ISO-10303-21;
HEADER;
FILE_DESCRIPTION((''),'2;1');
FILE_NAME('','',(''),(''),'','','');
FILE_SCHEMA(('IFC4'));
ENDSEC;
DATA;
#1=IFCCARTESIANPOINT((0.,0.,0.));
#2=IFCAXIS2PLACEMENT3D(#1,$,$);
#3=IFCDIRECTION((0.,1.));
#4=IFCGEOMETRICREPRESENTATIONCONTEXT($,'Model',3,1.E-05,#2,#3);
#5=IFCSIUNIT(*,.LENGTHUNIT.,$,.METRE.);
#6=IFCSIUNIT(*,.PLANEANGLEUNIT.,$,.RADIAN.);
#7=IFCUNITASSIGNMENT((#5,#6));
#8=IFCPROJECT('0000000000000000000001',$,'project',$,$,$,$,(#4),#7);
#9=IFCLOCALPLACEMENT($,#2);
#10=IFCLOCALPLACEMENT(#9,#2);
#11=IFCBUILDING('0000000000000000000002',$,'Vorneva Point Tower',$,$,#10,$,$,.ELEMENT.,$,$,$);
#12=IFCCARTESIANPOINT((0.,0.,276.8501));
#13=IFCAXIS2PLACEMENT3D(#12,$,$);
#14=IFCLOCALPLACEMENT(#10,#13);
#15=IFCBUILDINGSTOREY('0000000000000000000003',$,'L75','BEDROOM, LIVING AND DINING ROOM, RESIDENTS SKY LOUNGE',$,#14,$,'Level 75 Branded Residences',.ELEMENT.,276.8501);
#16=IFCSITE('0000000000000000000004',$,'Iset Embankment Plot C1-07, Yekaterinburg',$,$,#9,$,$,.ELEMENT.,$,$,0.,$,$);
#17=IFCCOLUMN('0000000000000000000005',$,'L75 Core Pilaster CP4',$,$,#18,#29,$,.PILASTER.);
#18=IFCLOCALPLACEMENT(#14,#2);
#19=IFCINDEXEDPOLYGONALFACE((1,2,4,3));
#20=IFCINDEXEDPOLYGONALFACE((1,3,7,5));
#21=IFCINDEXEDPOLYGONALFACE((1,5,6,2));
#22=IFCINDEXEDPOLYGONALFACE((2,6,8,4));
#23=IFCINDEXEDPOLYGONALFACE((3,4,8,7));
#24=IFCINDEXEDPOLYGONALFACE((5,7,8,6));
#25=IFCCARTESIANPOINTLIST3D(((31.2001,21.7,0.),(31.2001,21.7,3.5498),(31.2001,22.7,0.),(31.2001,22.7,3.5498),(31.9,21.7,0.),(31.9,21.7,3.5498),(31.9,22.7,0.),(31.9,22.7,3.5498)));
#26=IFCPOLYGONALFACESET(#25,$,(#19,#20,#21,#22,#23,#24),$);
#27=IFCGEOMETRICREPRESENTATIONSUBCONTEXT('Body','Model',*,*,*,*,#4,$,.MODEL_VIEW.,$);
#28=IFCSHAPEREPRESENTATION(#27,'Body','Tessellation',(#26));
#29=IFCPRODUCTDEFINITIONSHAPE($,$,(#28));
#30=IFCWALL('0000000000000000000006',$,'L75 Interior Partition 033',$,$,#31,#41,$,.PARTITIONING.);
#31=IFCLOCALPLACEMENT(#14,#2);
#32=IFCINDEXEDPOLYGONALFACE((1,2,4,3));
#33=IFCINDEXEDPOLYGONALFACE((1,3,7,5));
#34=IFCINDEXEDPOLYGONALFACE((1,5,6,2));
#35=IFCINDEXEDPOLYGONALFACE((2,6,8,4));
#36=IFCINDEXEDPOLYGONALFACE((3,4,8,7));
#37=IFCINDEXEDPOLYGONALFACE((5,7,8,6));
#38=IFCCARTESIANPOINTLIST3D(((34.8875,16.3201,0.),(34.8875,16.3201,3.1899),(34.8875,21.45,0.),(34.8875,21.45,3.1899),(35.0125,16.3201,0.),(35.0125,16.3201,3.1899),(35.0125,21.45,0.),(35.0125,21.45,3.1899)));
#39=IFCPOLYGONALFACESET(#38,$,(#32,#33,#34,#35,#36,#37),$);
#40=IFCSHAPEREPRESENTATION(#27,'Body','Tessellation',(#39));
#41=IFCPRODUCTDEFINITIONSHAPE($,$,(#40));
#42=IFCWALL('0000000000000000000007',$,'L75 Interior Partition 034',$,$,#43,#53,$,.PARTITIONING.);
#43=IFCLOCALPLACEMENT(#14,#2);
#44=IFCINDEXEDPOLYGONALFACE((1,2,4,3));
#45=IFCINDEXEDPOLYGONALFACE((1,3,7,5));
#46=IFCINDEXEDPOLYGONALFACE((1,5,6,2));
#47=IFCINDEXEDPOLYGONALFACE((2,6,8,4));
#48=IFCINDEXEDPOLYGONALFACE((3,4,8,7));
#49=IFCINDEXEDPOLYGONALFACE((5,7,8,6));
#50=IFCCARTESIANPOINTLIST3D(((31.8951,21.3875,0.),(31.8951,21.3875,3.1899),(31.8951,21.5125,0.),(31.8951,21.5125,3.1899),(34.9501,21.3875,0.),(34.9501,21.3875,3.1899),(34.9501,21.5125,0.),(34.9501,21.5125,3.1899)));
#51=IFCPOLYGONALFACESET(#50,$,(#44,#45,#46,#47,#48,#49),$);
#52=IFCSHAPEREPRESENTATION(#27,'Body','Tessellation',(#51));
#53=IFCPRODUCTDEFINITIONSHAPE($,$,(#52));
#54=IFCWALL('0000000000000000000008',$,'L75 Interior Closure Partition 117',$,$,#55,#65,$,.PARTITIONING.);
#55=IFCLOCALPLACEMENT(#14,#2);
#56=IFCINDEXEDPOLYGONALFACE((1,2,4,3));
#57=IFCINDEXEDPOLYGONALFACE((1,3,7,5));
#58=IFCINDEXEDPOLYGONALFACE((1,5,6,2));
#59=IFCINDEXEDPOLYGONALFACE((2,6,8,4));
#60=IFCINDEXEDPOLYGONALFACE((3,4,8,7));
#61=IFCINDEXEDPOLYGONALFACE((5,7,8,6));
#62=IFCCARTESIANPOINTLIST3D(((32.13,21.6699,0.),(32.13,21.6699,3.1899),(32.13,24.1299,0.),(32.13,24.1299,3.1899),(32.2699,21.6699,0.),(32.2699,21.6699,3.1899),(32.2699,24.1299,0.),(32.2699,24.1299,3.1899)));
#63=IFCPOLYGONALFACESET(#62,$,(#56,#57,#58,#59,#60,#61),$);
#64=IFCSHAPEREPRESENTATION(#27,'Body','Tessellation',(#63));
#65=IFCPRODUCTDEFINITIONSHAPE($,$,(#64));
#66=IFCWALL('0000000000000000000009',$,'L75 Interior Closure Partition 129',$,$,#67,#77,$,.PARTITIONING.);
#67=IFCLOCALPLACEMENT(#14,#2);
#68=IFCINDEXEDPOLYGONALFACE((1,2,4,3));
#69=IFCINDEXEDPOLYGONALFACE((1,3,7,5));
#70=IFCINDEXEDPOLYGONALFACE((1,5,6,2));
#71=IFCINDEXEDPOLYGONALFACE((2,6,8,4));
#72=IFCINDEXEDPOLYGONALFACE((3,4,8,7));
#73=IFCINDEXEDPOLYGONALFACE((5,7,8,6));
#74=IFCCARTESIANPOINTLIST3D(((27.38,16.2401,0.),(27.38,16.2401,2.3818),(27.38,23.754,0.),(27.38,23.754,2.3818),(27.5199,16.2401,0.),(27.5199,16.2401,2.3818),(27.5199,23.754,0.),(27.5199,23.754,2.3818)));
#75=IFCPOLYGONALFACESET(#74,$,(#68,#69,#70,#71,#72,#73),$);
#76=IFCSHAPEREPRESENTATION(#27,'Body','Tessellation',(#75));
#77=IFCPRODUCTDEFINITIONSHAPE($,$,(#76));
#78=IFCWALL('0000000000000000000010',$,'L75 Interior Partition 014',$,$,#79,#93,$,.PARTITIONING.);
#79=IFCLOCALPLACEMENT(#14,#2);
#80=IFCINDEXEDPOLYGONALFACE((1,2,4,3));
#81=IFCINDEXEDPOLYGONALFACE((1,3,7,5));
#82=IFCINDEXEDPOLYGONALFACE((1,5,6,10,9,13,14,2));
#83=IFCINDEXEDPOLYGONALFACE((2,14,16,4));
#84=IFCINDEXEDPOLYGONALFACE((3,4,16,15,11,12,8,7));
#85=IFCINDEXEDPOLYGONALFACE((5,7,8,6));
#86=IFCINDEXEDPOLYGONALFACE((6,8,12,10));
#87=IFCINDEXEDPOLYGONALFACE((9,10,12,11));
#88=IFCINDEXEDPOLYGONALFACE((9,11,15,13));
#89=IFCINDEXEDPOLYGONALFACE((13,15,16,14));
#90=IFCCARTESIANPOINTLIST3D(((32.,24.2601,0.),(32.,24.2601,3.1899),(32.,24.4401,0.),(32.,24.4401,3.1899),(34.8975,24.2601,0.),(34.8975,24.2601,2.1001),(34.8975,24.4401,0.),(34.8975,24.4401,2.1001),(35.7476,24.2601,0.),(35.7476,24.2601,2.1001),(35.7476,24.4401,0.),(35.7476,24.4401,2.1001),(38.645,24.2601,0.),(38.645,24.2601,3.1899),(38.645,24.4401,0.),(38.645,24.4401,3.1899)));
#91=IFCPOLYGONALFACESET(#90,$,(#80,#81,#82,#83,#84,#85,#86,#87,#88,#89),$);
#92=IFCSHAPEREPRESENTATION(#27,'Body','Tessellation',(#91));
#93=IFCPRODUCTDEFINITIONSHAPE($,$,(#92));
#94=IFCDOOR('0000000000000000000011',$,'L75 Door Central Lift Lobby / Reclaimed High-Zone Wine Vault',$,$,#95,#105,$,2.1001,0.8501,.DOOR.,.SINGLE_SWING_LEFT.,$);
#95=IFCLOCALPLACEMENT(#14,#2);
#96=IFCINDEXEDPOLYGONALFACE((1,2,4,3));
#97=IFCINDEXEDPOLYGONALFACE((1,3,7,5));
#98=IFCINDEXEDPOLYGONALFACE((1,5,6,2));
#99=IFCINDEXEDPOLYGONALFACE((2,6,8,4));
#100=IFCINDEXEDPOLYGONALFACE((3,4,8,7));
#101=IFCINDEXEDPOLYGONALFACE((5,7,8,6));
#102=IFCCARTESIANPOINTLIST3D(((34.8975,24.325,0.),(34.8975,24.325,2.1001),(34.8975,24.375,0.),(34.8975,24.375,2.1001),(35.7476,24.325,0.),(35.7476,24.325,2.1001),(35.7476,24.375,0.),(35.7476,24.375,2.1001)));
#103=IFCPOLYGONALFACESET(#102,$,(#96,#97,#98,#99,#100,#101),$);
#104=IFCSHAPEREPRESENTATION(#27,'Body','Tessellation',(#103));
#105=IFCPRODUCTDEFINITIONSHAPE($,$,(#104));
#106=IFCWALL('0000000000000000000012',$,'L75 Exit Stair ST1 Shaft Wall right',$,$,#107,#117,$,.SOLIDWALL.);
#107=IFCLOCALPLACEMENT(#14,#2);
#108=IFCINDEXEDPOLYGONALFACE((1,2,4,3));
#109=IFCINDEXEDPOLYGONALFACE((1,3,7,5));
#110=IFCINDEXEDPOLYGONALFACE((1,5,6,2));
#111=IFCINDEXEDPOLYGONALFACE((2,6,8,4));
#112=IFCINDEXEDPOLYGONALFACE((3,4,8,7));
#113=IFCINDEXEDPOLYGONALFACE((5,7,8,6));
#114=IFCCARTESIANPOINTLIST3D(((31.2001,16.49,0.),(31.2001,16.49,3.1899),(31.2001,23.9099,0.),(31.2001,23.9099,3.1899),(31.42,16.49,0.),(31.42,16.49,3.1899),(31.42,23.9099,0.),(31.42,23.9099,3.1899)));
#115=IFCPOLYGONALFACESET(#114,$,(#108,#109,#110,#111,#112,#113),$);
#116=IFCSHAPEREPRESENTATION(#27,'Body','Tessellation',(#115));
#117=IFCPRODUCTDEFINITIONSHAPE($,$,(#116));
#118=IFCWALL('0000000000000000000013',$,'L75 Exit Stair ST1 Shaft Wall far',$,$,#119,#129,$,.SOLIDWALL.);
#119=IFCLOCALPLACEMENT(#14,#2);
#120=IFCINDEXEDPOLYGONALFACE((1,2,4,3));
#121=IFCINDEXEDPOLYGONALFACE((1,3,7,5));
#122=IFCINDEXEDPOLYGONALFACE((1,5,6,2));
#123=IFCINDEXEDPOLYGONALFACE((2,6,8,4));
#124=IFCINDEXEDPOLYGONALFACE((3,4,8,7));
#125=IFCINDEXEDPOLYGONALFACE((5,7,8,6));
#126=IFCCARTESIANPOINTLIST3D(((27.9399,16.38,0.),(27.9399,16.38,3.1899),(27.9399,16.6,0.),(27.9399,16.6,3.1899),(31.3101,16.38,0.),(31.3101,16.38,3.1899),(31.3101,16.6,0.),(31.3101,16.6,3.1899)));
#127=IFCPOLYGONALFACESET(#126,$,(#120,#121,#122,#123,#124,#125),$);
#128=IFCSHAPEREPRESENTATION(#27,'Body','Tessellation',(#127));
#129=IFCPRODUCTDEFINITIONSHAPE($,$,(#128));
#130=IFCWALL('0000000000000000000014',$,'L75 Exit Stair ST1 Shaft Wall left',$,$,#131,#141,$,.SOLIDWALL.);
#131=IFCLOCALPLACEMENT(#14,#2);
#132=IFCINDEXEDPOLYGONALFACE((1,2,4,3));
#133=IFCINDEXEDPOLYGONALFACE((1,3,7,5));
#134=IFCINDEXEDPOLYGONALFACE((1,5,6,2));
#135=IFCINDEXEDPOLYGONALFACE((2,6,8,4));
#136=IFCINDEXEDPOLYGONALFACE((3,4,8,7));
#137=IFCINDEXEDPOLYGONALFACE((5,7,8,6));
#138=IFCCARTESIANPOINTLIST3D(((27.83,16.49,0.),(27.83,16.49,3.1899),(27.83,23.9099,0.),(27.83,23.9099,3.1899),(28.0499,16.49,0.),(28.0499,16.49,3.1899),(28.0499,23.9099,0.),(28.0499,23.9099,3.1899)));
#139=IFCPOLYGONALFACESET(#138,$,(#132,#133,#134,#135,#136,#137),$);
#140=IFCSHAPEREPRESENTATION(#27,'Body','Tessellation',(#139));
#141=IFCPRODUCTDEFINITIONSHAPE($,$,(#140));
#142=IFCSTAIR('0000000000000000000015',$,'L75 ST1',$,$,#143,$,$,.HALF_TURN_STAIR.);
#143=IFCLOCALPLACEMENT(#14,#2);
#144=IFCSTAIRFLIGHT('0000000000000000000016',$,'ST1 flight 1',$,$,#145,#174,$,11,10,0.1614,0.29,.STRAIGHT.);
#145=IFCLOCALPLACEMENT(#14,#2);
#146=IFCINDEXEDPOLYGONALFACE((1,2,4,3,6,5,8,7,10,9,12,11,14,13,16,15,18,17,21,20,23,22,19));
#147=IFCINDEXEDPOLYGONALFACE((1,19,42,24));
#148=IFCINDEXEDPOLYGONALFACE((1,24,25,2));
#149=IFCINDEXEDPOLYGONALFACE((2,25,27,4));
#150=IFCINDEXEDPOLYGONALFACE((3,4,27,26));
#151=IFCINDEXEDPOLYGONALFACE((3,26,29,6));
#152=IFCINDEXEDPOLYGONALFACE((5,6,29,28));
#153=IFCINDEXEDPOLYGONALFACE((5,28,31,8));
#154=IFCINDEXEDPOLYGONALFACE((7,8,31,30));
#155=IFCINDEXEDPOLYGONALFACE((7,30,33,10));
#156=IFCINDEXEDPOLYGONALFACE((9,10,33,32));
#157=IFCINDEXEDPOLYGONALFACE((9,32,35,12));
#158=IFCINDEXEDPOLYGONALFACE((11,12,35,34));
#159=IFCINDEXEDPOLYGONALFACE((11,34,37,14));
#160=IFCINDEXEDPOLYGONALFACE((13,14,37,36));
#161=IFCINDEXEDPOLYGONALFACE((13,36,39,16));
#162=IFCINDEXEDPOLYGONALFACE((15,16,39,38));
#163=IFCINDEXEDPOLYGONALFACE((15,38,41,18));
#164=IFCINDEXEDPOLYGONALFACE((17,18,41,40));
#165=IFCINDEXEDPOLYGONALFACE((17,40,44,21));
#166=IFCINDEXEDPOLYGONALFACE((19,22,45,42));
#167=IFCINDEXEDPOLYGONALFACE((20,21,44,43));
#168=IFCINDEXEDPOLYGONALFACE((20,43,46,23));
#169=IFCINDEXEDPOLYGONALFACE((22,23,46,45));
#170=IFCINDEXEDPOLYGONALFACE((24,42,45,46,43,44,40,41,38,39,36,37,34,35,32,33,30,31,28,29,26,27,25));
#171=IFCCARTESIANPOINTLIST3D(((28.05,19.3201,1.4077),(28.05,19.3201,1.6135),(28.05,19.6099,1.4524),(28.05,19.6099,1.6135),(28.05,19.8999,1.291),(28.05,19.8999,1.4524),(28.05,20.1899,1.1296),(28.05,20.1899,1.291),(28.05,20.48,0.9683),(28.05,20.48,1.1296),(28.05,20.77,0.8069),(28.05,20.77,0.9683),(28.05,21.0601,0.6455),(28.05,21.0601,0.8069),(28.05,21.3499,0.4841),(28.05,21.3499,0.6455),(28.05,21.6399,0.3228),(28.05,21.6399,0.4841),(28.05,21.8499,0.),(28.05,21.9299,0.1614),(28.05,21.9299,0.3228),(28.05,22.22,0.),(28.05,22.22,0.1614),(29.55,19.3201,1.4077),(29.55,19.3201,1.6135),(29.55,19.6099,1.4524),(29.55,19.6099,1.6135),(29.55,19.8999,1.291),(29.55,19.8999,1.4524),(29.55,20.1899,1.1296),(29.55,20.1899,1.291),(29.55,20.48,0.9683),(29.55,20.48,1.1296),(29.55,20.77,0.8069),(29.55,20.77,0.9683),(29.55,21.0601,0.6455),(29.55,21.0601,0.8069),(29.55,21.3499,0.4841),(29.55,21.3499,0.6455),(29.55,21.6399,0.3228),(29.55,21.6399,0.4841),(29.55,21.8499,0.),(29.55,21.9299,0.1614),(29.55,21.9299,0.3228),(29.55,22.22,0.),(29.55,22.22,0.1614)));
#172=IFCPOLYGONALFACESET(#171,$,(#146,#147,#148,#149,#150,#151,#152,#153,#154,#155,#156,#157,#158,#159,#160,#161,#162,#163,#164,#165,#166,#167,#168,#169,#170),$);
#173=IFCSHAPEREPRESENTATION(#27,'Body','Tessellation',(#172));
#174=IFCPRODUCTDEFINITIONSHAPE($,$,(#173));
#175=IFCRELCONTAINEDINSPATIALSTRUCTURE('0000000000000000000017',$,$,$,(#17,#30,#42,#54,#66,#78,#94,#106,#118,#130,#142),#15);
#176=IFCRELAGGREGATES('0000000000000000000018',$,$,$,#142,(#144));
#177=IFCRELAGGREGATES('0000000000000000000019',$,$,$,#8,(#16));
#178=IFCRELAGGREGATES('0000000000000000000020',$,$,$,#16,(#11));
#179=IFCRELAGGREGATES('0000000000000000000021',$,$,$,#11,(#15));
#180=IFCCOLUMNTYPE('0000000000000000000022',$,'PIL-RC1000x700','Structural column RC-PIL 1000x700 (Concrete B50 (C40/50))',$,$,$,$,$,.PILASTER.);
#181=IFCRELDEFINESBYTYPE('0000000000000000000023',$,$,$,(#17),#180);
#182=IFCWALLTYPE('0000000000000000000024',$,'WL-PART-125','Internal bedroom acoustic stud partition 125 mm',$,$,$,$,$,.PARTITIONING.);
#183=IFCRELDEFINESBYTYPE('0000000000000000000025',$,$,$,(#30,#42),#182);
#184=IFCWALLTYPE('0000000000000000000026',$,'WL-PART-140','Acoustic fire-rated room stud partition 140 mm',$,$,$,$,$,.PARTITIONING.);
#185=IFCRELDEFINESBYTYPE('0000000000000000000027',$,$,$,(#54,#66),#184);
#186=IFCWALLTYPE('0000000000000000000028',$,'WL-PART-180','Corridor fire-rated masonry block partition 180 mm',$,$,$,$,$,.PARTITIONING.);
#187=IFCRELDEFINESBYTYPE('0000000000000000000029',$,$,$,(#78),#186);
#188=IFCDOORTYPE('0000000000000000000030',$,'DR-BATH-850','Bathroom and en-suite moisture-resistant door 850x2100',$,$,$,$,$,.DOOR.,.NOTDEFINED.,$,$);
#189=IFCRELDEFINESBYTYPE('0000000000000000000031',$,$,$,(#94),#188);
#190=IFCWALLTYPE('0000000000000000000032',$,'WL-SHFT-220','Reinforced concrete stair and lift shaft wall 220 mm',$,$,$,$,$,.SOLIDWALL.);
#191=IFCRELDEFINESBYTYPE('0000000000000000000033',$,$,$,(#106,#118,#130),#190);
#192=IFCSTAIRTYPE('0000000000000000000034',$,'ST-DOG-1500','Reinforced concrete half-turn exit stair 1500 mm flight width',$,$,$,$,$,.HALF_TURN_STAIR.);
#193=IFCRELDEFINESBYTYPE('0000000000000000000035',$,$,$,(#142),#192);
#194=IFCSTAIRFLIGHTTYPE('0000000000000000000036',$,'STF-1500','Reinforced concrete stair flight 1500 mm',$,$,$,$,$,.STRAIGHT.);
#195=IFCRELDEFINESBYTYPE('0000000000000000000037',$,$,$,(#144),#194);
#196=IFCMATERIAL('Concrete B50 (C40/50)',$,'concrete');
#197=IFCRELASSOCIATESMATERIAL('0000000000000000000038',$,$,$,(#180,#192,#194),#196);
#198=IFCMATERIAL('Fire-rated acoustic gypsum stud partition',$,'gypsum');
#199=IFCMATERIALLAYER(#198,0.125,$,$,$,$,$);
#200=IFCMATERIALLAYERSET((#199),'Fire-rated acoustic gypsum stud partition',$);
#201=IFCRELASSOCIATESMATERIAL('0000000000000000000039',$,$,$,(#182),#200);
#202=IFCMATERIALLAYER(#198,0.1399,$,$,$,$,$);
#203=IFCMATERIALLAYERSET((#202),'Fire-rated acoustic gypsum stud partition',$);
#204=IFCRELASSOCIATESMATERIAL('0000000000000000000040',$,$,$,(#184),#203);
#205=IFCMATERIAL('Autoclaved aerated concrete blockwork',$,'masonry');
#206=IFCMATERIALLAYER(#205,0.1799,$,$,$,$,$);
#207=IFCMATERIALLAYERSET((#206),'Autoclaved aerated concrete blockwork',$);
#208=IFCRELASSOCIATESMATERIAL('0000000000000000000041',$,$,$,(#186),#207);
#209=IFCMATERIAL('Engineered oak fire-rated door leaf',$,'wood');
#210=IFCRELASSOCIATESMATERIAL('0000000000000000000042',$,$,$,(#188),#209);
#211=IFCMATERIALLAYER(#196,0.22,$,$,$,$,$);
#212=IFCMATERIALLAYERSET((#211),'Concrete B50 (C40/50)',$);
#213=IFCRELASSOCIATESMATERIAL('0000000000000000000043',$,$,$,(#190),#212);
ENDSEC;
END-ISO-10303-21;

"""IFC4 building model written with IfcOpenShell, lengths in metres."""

from ifc_helpers import new_model, si_unit, direction, frame, frame_2d, origin, origin_2d, place, context, subcontext, project, spatial, polyline, rectangle, outline, extrude, material, layer, layer_set, material_profile, profile_set, type_object, element, fill, aggregate, save


model = new_model("IFC4")

# Units and contexts
model_context = context("Model", 3, precision=1e-05, world=origin(), true_north=direction((0.0, 1.0)))
body_context = subcontext(model_context, "Body", "Model", "MODEL_VIEW")
ifc_project = project(units=[si_unit("LENGTHUNIT", "METRE"), si_unit("PLANEANGLEUNIT", "RADIAN")], contexts=[model_context])

# Site, building, storey
site_placement = place(None, origin())
site = spatial("IfcSite", under=ifc_project, at=site_placement, Name="Iset Embankment Plot C1-07, Yekaterinburg", CompositionType="ELEMENT", RefElevation=0.0)
building_placement = place(site_placement, origin())
building = spatial("IfcBuilding", under=site, at=building_placement, Name="Vorneva Point Tower", CompositionType="ELEMENT")
storey_placement = place(building_placement, frame((0.0, 0.0, 276.8501)))
storey = spatial("IfcBuildingStorey", under=building, at=storey_placement, Name="L75", Description="BEDROOM, LIVING AND DINING ROOM, RESIDENTS SKY LOUNGE", LongName="Level 75 Branded Residences", CompositionType="ELEMENT", Elevation=276.8501)

# Column
ifc_material_1 = material(Name="Concrete B50 (C40/50)", Category="concrete")
ifc_material_profile = material_profile(ifc_material_1, rectangle(XDim=0.7, YDim=1.0, at=origin_2d()), Name="RC-PIL 1000x700")
ifc_profile_set = profile_set([ifc_material_profile], Name="Concrete B50 (C40/50)")
column_type = type_object("IfcColumnType", Name="PIL-RC1000x700", Description="Structural column RC-PIL 1000x700 (Concrete B50 (C40/50))", PredefinedType="PILASTER", material=ifc_profile_set)
column_placement = place(storey_placement, frame((31.55, 22.2, 0.0), z_axis=(0.0, 0.0, 1.0), x_axis=(1.0, 0.0, 0.0)))
element("IfcColumn", 1, at=column_placement, inside=storey, type_object=column_type, Name="L75 Core Pilaster CP4", PredefinedType="PILASTER", context=body_context, shape_type="SweptSolid", body=[
    extrude(rectangle(XDim=0.7, YDim=1.0, at=origin_2d()), origin(), (0.0, 0.0, 1.0), 3.5498),
])

# Walls
ifc_material_2 = material(Name="Fire-rated acoustic gypsum stud partition", Category="gypsum")
ifc_layer_1 = layer(ifc_material_2, 0.125)
ifc_layer_set_1 = layer_set([ifc_layer_1], Name="Fire-rated acoustic gypsum stud partition")
wall_type_1 = type_object("IfcWallType", Name="WL-PART-125", Description="Internal bedroom acoustic stud partition 125 mm", PredefinedType="PARTITIONING", material=ifc_layer_set_1)
wall_1_placement = place(storey_placement, frame((34.95, 16.3201, 0.0), z_axis=(0.0, 0.0, 1.0), x_axis=(0.0, 1.0, 0.0)))
element("IfcWall", 2, at=wall_1_placement, inside=storey, type_object=wall_type_1, Name="L75 Interior Partition 033", PredefinedType="PARTITIONING", context=body_context, shape_type="SweptSolid", body=[
    extrude(rectangle(XDim=5.1299, YDim=0.125, at=frame_2d((2.5649, 0.0))), origin(), (0.0, 0.0, 1.0), 3.1899),
])
wall_2_placement = place(storey_placement, frame((34.95, 21.45, 0.0), z_axis=(0.0, 0.0, 1.0), x_axis=(-1.0, 0.0, 0.0)))
element("IfcWall", 3, at=wall_2_placement, inside=storey, type_object=wall_type_1, Name="L75 Interior Partition 034", PredefinedType="PARTITIONING", context=body_context, shape_type="SweptSolid", body=[
    extrude(rectangle(XDim=3.0549, YDim=0.125, at=frame_2d((1.5273, 0.0))), origin(), (0.0, 0.0, 1.0), 3.1899),
])
ifc_layer_2 = layer(ifc_material_2, 0.1399)
ifc_layer_set_2 = layer_set([ifc_layer_2], Name="Fire-rated acoustic gypsum stud partition")
wall_type_2 = type_object("IfcWallType", Name="WL-PART-140", Description="Acoustic fire-rated room stud partition 140 mm", PredefinedType="PARTITIONING", material=ifc_layer_set_2)
wall_3_placement = place(storey_placement, frame((32.2, 24.1299, 0.0), z_axis=(0.0, 0.0, 1.0), x_axis=(0.0, -1.0, 0.0)))
element("IfcWall", 4, at=wall_3_placement, inside=storey, type_object=wall_type_2, Name="L75 Interior Closure Partition 117", PredefinedType="PARTITIONING", context=body_context, shape_type="SweptSolid", body=[
    extrude(rectangle(XDim=2.46, YDim=0.1399, at=frame_2d((1.23, 0.0))), origin(), (0.0, 0.0, 1.0), 3.1899),
])
wall_4_placement = place(storey_placement, frame((27.45, 23.7539, 0.0), z_axis=(0.0, 0.0, 1.0), x_axis=(0.0, -1.0, 0.0)))
element("IfcWall", 5, at=wall_4_placement, inside=storey, type_object=wall_type_2, Name="L75 Interior Closure Partition 129", PredefinedType="PARTITIONING", context=body_context, shape_type="SweptSolid", body=[
    extrude(rectangle(XDim=7.5139, YDim=0.1399, at=frame_2d((3.7568, 0.0))), origin(), (0.0, 0.0, 1.0), 2.3818),
])

# Wall, opening, door
ifc_material_3 = material(Name="Autoclaved aerated concrete blockwork", Category="masonry")
ifc_layer_3 = layer(ifc_material_3, 0.1799)
ifc_layer_set_3 = layer_set([ifc_layer_3], Name="Autoclaved aerated concrete blockwork")
wall_type_3 = type_object("IfcWallType", Name="WL-PART-180", Description="Corridor fire-rated masonry block partition 180 mm", PredefinedType="PARTITIONING", material=ifc_layer_set_3)
wall_5_placement = place(storey_placement, frame((32.0, 24.3501, 0.0), z_axis=(0.0, 0.0, 1.0), x_axis=(1.0, 0.0, 0.0)))
wall_5 = element("IfcWall", 6, at=wall_5_placement, inside=storey, type_object=wall_type_3, Name="L75 Interior Partition 014", PredefinedType="PARTITIONING", context=body_context, shape_type="SweptSolid", body=[
    extrude(rectangle(XDim=6.645, YDim=0.1799, at=frame_2d((3.3225, 0.0))), origin(), (0.0, 0.0, 1.0), 3.1899),
])
opening_1_placement = place(wall_5_placement, frame((2.8975, 0.0, 0.0)))
opening_1 = element("IfcOpeningElement", 7, at=opening_1_placement, cuts=wall_5, PredefinedType="OPENING", context=body_context, shape_type="SweptSolid", body=[
    extrude(rectangle(XDim=0.8501, YDim=2.1001, at=frame_2d((0.425, 1.05))), frame((0.0, 0.105, 0.0), z_axis=(0.0, -1.0, 0.0), x_axis=(1.0, 0.0, 0.0)), (0.0, 0.0, 1.0), 0.2097),
])
ifc_material_4 = material(Name="Engineered oak fire-rated door leaf", Category="wood")
door_type_1 = type_object("IfcDoorType", Name="DR-BATH-850", Description="Bathroom and en-suite moisture-resistant door 850x2100", OperationType="NOTDEFINED", PredefinedType="DOOR", material=ifc_material_4)
door_1_placement = place(opening_1_placement, origin())
door_1 = element("IfcDoor", 8, at=door_1_placement, inside=storey, type_object=door_type_1, Name="L75 Door Central Lift Lobby / Reclaimed High-Zone Wine Vault", OperationType="SINGLE_SWING_LEFT", OverallHeight=2.1001, OverallWidth=0.8501, PredefinedType="DOOR", context=body_context, shape_type="SweptSolid", body=[
    extrude(rectangle(XDim=0.8501, YDim=2.1001, at=frame_2d((0.425, 1.05))), frame((0.0, 0.0249, 0.0), z_axis=(0.0, -1.0, 0.0), x_axis=(1.0, 0.0, 0.0)), (0.0, 0.0, 1.0), 0.05),
])
fill(opening_1, door_1)
ifc_layer_4 = layer(ifc_material_1, 0.22)
ifc_layer_set_4 = layer_set([ifc_layer_4], Name="Concrete B50 (C40/50)")
wall_type_4 = type_object("IfcWallType", Name="WL-SHFT-220", Description="Reinforced concrete stair and lift shaft wall 220 mm", PredefinedType="SOLIDWALL", material=ifc_layer_set_4)

# Walls
wall_6_placement = place(storey_placement, frame((31.3101, 23.9099, 0.0), z_axis=(0.0, 0.0, 1.0), x_axis=(0.0, -1.0, 0.0)))
element("IfcWall", 9, at=wall_6_placement, inside=storey, type_object=wall_type_4, Name="L75 Exit Stair ST1 Shaft Wall right", PredefinedType="SOLIDWALL", context=body_context, shape_type="SweptSolid", body=[
    extrude(rectangle(XDim=7.4199, YDim=0.22, at=frame_2d((3.71, 0.0))), origin(), (0.0, 0.0, 1.0), 3.1899),
])
wall_7_placement = place(storey_placement, frame((31.3101, 16.49, 0.0), z_axis=(0.0, 0.0, 1.0), x_axis=(-1.0, 0.0, 0.0)))
element("IfcWall", 10, at=wall_7_placement, inside=storey, type_object=wall_type_4, Name="L75 Exit Stair ST1 Shaft Wall far", PredefinedType="SOLIDWALL", context=body_context, shape_type="SweptSolid", body=[
    extrude(rectangle(XDim=3.3701, YDim=0.22, at=frame_2d((1.6851, 0.0))), origin(), (0.0, 0.0, 1.0), 3.1899),
])
wall_8_placement = place(storey_placement, frame((27.9399, 16.49, 0.0), z_axis=(0.0, 0.0, 1.0), x_axis=(0.0, 1.0, 0.0)))
element("IfcWall", 11, at=wall_8_placement, inside=storey, type_object=wall_type_4, Name="L75 Exit Stair ST1 Shaft Wall left", PredefinedType="SOLIDWALL", context=body_context, shape_type="SweptSolid", body=[
    extrude(rectangle(XDim=7.4199, YDim=0.22, at=frame_2d((3.71, 0.0))), origin(), (0.0, 0.0, 1.0), 3.1899),
])

# Stair, stair flight
stair_type = type_object("IfcStairType", Name="ST-DOG-1500", Description="Reinforced concrete half-turn exit stair 1500 mm flight width", PredefinedType="HALF_TURN_STAIR", material=ifc_material_1)
stair_placement = place(storey_placement, origin())
stair = element("IfcStair", 12, at=stair_placement, inside=storey, type_object=stair_type, Name="L75 ST1", PredefinedType="HALF_TURN_STAIR")
stair_flight_type = type_object("IfcStairFlightType", Name="STF-1500", Description="Reinforced concrete stair flight 1500 mm", PredefinedType="STRAIGHT", material=ifc_material_1)
stair_flight_1_placement = place(storey_placement, frame((28.8, 22.22, 0.0), z_axis=(0.0, 0.0, 1.0), x_axis=(0.0, -1.0, 0.0)))
stair_flight_1 = element("IfcStairFlight", 13, at=stair_flight_1_placement, type_object=stair_flight_type, Name="ST1 flight 1", NumberOfRisers=11, NumberOfTreads=10, PredefinedType="STRAIGHT", RiserHeight=0.1614, TreadLength=0.29, context=body_context, shape_type="SweptSolid", body=[
    extrude(outline(polyline([(0.0, 0.0), (0.0, 0.1614), (0.29, 0.1614), (0.29, 0.3228), (0.5801, 0.3228), (0.5801, 0.4841), (0.8701, 0.4841), (0.8701, 0.6455), (1.1599, 0.6455), (1.1599, 0.8069), (1.45, 0.8069), (1.45, 0.9683), (1.74, 0.9683), (1.74, 1.1296), (2.03, 1.1296), (2.03, 1.291), (2.3201, 1.291), (2.3201, 1.4524), (2.6101, 1.4524), (2.6101, 1.6135), (2.8999, 1.6135), (2.8999, 1.7749), (2.8999, 1.4077), (0.3701, 0.0), (0.0, 0.0)])), frame((0.0, 0.75, 0.0), z_axis=(0.0, -1.0, 0.0), x_axis=(1.0, 0.0, 0.0)), (0.0, 0.0, 1.0), 1.5),
])
aggregate(stair, [stair_flight_1])

save(model, "model.ifc")
